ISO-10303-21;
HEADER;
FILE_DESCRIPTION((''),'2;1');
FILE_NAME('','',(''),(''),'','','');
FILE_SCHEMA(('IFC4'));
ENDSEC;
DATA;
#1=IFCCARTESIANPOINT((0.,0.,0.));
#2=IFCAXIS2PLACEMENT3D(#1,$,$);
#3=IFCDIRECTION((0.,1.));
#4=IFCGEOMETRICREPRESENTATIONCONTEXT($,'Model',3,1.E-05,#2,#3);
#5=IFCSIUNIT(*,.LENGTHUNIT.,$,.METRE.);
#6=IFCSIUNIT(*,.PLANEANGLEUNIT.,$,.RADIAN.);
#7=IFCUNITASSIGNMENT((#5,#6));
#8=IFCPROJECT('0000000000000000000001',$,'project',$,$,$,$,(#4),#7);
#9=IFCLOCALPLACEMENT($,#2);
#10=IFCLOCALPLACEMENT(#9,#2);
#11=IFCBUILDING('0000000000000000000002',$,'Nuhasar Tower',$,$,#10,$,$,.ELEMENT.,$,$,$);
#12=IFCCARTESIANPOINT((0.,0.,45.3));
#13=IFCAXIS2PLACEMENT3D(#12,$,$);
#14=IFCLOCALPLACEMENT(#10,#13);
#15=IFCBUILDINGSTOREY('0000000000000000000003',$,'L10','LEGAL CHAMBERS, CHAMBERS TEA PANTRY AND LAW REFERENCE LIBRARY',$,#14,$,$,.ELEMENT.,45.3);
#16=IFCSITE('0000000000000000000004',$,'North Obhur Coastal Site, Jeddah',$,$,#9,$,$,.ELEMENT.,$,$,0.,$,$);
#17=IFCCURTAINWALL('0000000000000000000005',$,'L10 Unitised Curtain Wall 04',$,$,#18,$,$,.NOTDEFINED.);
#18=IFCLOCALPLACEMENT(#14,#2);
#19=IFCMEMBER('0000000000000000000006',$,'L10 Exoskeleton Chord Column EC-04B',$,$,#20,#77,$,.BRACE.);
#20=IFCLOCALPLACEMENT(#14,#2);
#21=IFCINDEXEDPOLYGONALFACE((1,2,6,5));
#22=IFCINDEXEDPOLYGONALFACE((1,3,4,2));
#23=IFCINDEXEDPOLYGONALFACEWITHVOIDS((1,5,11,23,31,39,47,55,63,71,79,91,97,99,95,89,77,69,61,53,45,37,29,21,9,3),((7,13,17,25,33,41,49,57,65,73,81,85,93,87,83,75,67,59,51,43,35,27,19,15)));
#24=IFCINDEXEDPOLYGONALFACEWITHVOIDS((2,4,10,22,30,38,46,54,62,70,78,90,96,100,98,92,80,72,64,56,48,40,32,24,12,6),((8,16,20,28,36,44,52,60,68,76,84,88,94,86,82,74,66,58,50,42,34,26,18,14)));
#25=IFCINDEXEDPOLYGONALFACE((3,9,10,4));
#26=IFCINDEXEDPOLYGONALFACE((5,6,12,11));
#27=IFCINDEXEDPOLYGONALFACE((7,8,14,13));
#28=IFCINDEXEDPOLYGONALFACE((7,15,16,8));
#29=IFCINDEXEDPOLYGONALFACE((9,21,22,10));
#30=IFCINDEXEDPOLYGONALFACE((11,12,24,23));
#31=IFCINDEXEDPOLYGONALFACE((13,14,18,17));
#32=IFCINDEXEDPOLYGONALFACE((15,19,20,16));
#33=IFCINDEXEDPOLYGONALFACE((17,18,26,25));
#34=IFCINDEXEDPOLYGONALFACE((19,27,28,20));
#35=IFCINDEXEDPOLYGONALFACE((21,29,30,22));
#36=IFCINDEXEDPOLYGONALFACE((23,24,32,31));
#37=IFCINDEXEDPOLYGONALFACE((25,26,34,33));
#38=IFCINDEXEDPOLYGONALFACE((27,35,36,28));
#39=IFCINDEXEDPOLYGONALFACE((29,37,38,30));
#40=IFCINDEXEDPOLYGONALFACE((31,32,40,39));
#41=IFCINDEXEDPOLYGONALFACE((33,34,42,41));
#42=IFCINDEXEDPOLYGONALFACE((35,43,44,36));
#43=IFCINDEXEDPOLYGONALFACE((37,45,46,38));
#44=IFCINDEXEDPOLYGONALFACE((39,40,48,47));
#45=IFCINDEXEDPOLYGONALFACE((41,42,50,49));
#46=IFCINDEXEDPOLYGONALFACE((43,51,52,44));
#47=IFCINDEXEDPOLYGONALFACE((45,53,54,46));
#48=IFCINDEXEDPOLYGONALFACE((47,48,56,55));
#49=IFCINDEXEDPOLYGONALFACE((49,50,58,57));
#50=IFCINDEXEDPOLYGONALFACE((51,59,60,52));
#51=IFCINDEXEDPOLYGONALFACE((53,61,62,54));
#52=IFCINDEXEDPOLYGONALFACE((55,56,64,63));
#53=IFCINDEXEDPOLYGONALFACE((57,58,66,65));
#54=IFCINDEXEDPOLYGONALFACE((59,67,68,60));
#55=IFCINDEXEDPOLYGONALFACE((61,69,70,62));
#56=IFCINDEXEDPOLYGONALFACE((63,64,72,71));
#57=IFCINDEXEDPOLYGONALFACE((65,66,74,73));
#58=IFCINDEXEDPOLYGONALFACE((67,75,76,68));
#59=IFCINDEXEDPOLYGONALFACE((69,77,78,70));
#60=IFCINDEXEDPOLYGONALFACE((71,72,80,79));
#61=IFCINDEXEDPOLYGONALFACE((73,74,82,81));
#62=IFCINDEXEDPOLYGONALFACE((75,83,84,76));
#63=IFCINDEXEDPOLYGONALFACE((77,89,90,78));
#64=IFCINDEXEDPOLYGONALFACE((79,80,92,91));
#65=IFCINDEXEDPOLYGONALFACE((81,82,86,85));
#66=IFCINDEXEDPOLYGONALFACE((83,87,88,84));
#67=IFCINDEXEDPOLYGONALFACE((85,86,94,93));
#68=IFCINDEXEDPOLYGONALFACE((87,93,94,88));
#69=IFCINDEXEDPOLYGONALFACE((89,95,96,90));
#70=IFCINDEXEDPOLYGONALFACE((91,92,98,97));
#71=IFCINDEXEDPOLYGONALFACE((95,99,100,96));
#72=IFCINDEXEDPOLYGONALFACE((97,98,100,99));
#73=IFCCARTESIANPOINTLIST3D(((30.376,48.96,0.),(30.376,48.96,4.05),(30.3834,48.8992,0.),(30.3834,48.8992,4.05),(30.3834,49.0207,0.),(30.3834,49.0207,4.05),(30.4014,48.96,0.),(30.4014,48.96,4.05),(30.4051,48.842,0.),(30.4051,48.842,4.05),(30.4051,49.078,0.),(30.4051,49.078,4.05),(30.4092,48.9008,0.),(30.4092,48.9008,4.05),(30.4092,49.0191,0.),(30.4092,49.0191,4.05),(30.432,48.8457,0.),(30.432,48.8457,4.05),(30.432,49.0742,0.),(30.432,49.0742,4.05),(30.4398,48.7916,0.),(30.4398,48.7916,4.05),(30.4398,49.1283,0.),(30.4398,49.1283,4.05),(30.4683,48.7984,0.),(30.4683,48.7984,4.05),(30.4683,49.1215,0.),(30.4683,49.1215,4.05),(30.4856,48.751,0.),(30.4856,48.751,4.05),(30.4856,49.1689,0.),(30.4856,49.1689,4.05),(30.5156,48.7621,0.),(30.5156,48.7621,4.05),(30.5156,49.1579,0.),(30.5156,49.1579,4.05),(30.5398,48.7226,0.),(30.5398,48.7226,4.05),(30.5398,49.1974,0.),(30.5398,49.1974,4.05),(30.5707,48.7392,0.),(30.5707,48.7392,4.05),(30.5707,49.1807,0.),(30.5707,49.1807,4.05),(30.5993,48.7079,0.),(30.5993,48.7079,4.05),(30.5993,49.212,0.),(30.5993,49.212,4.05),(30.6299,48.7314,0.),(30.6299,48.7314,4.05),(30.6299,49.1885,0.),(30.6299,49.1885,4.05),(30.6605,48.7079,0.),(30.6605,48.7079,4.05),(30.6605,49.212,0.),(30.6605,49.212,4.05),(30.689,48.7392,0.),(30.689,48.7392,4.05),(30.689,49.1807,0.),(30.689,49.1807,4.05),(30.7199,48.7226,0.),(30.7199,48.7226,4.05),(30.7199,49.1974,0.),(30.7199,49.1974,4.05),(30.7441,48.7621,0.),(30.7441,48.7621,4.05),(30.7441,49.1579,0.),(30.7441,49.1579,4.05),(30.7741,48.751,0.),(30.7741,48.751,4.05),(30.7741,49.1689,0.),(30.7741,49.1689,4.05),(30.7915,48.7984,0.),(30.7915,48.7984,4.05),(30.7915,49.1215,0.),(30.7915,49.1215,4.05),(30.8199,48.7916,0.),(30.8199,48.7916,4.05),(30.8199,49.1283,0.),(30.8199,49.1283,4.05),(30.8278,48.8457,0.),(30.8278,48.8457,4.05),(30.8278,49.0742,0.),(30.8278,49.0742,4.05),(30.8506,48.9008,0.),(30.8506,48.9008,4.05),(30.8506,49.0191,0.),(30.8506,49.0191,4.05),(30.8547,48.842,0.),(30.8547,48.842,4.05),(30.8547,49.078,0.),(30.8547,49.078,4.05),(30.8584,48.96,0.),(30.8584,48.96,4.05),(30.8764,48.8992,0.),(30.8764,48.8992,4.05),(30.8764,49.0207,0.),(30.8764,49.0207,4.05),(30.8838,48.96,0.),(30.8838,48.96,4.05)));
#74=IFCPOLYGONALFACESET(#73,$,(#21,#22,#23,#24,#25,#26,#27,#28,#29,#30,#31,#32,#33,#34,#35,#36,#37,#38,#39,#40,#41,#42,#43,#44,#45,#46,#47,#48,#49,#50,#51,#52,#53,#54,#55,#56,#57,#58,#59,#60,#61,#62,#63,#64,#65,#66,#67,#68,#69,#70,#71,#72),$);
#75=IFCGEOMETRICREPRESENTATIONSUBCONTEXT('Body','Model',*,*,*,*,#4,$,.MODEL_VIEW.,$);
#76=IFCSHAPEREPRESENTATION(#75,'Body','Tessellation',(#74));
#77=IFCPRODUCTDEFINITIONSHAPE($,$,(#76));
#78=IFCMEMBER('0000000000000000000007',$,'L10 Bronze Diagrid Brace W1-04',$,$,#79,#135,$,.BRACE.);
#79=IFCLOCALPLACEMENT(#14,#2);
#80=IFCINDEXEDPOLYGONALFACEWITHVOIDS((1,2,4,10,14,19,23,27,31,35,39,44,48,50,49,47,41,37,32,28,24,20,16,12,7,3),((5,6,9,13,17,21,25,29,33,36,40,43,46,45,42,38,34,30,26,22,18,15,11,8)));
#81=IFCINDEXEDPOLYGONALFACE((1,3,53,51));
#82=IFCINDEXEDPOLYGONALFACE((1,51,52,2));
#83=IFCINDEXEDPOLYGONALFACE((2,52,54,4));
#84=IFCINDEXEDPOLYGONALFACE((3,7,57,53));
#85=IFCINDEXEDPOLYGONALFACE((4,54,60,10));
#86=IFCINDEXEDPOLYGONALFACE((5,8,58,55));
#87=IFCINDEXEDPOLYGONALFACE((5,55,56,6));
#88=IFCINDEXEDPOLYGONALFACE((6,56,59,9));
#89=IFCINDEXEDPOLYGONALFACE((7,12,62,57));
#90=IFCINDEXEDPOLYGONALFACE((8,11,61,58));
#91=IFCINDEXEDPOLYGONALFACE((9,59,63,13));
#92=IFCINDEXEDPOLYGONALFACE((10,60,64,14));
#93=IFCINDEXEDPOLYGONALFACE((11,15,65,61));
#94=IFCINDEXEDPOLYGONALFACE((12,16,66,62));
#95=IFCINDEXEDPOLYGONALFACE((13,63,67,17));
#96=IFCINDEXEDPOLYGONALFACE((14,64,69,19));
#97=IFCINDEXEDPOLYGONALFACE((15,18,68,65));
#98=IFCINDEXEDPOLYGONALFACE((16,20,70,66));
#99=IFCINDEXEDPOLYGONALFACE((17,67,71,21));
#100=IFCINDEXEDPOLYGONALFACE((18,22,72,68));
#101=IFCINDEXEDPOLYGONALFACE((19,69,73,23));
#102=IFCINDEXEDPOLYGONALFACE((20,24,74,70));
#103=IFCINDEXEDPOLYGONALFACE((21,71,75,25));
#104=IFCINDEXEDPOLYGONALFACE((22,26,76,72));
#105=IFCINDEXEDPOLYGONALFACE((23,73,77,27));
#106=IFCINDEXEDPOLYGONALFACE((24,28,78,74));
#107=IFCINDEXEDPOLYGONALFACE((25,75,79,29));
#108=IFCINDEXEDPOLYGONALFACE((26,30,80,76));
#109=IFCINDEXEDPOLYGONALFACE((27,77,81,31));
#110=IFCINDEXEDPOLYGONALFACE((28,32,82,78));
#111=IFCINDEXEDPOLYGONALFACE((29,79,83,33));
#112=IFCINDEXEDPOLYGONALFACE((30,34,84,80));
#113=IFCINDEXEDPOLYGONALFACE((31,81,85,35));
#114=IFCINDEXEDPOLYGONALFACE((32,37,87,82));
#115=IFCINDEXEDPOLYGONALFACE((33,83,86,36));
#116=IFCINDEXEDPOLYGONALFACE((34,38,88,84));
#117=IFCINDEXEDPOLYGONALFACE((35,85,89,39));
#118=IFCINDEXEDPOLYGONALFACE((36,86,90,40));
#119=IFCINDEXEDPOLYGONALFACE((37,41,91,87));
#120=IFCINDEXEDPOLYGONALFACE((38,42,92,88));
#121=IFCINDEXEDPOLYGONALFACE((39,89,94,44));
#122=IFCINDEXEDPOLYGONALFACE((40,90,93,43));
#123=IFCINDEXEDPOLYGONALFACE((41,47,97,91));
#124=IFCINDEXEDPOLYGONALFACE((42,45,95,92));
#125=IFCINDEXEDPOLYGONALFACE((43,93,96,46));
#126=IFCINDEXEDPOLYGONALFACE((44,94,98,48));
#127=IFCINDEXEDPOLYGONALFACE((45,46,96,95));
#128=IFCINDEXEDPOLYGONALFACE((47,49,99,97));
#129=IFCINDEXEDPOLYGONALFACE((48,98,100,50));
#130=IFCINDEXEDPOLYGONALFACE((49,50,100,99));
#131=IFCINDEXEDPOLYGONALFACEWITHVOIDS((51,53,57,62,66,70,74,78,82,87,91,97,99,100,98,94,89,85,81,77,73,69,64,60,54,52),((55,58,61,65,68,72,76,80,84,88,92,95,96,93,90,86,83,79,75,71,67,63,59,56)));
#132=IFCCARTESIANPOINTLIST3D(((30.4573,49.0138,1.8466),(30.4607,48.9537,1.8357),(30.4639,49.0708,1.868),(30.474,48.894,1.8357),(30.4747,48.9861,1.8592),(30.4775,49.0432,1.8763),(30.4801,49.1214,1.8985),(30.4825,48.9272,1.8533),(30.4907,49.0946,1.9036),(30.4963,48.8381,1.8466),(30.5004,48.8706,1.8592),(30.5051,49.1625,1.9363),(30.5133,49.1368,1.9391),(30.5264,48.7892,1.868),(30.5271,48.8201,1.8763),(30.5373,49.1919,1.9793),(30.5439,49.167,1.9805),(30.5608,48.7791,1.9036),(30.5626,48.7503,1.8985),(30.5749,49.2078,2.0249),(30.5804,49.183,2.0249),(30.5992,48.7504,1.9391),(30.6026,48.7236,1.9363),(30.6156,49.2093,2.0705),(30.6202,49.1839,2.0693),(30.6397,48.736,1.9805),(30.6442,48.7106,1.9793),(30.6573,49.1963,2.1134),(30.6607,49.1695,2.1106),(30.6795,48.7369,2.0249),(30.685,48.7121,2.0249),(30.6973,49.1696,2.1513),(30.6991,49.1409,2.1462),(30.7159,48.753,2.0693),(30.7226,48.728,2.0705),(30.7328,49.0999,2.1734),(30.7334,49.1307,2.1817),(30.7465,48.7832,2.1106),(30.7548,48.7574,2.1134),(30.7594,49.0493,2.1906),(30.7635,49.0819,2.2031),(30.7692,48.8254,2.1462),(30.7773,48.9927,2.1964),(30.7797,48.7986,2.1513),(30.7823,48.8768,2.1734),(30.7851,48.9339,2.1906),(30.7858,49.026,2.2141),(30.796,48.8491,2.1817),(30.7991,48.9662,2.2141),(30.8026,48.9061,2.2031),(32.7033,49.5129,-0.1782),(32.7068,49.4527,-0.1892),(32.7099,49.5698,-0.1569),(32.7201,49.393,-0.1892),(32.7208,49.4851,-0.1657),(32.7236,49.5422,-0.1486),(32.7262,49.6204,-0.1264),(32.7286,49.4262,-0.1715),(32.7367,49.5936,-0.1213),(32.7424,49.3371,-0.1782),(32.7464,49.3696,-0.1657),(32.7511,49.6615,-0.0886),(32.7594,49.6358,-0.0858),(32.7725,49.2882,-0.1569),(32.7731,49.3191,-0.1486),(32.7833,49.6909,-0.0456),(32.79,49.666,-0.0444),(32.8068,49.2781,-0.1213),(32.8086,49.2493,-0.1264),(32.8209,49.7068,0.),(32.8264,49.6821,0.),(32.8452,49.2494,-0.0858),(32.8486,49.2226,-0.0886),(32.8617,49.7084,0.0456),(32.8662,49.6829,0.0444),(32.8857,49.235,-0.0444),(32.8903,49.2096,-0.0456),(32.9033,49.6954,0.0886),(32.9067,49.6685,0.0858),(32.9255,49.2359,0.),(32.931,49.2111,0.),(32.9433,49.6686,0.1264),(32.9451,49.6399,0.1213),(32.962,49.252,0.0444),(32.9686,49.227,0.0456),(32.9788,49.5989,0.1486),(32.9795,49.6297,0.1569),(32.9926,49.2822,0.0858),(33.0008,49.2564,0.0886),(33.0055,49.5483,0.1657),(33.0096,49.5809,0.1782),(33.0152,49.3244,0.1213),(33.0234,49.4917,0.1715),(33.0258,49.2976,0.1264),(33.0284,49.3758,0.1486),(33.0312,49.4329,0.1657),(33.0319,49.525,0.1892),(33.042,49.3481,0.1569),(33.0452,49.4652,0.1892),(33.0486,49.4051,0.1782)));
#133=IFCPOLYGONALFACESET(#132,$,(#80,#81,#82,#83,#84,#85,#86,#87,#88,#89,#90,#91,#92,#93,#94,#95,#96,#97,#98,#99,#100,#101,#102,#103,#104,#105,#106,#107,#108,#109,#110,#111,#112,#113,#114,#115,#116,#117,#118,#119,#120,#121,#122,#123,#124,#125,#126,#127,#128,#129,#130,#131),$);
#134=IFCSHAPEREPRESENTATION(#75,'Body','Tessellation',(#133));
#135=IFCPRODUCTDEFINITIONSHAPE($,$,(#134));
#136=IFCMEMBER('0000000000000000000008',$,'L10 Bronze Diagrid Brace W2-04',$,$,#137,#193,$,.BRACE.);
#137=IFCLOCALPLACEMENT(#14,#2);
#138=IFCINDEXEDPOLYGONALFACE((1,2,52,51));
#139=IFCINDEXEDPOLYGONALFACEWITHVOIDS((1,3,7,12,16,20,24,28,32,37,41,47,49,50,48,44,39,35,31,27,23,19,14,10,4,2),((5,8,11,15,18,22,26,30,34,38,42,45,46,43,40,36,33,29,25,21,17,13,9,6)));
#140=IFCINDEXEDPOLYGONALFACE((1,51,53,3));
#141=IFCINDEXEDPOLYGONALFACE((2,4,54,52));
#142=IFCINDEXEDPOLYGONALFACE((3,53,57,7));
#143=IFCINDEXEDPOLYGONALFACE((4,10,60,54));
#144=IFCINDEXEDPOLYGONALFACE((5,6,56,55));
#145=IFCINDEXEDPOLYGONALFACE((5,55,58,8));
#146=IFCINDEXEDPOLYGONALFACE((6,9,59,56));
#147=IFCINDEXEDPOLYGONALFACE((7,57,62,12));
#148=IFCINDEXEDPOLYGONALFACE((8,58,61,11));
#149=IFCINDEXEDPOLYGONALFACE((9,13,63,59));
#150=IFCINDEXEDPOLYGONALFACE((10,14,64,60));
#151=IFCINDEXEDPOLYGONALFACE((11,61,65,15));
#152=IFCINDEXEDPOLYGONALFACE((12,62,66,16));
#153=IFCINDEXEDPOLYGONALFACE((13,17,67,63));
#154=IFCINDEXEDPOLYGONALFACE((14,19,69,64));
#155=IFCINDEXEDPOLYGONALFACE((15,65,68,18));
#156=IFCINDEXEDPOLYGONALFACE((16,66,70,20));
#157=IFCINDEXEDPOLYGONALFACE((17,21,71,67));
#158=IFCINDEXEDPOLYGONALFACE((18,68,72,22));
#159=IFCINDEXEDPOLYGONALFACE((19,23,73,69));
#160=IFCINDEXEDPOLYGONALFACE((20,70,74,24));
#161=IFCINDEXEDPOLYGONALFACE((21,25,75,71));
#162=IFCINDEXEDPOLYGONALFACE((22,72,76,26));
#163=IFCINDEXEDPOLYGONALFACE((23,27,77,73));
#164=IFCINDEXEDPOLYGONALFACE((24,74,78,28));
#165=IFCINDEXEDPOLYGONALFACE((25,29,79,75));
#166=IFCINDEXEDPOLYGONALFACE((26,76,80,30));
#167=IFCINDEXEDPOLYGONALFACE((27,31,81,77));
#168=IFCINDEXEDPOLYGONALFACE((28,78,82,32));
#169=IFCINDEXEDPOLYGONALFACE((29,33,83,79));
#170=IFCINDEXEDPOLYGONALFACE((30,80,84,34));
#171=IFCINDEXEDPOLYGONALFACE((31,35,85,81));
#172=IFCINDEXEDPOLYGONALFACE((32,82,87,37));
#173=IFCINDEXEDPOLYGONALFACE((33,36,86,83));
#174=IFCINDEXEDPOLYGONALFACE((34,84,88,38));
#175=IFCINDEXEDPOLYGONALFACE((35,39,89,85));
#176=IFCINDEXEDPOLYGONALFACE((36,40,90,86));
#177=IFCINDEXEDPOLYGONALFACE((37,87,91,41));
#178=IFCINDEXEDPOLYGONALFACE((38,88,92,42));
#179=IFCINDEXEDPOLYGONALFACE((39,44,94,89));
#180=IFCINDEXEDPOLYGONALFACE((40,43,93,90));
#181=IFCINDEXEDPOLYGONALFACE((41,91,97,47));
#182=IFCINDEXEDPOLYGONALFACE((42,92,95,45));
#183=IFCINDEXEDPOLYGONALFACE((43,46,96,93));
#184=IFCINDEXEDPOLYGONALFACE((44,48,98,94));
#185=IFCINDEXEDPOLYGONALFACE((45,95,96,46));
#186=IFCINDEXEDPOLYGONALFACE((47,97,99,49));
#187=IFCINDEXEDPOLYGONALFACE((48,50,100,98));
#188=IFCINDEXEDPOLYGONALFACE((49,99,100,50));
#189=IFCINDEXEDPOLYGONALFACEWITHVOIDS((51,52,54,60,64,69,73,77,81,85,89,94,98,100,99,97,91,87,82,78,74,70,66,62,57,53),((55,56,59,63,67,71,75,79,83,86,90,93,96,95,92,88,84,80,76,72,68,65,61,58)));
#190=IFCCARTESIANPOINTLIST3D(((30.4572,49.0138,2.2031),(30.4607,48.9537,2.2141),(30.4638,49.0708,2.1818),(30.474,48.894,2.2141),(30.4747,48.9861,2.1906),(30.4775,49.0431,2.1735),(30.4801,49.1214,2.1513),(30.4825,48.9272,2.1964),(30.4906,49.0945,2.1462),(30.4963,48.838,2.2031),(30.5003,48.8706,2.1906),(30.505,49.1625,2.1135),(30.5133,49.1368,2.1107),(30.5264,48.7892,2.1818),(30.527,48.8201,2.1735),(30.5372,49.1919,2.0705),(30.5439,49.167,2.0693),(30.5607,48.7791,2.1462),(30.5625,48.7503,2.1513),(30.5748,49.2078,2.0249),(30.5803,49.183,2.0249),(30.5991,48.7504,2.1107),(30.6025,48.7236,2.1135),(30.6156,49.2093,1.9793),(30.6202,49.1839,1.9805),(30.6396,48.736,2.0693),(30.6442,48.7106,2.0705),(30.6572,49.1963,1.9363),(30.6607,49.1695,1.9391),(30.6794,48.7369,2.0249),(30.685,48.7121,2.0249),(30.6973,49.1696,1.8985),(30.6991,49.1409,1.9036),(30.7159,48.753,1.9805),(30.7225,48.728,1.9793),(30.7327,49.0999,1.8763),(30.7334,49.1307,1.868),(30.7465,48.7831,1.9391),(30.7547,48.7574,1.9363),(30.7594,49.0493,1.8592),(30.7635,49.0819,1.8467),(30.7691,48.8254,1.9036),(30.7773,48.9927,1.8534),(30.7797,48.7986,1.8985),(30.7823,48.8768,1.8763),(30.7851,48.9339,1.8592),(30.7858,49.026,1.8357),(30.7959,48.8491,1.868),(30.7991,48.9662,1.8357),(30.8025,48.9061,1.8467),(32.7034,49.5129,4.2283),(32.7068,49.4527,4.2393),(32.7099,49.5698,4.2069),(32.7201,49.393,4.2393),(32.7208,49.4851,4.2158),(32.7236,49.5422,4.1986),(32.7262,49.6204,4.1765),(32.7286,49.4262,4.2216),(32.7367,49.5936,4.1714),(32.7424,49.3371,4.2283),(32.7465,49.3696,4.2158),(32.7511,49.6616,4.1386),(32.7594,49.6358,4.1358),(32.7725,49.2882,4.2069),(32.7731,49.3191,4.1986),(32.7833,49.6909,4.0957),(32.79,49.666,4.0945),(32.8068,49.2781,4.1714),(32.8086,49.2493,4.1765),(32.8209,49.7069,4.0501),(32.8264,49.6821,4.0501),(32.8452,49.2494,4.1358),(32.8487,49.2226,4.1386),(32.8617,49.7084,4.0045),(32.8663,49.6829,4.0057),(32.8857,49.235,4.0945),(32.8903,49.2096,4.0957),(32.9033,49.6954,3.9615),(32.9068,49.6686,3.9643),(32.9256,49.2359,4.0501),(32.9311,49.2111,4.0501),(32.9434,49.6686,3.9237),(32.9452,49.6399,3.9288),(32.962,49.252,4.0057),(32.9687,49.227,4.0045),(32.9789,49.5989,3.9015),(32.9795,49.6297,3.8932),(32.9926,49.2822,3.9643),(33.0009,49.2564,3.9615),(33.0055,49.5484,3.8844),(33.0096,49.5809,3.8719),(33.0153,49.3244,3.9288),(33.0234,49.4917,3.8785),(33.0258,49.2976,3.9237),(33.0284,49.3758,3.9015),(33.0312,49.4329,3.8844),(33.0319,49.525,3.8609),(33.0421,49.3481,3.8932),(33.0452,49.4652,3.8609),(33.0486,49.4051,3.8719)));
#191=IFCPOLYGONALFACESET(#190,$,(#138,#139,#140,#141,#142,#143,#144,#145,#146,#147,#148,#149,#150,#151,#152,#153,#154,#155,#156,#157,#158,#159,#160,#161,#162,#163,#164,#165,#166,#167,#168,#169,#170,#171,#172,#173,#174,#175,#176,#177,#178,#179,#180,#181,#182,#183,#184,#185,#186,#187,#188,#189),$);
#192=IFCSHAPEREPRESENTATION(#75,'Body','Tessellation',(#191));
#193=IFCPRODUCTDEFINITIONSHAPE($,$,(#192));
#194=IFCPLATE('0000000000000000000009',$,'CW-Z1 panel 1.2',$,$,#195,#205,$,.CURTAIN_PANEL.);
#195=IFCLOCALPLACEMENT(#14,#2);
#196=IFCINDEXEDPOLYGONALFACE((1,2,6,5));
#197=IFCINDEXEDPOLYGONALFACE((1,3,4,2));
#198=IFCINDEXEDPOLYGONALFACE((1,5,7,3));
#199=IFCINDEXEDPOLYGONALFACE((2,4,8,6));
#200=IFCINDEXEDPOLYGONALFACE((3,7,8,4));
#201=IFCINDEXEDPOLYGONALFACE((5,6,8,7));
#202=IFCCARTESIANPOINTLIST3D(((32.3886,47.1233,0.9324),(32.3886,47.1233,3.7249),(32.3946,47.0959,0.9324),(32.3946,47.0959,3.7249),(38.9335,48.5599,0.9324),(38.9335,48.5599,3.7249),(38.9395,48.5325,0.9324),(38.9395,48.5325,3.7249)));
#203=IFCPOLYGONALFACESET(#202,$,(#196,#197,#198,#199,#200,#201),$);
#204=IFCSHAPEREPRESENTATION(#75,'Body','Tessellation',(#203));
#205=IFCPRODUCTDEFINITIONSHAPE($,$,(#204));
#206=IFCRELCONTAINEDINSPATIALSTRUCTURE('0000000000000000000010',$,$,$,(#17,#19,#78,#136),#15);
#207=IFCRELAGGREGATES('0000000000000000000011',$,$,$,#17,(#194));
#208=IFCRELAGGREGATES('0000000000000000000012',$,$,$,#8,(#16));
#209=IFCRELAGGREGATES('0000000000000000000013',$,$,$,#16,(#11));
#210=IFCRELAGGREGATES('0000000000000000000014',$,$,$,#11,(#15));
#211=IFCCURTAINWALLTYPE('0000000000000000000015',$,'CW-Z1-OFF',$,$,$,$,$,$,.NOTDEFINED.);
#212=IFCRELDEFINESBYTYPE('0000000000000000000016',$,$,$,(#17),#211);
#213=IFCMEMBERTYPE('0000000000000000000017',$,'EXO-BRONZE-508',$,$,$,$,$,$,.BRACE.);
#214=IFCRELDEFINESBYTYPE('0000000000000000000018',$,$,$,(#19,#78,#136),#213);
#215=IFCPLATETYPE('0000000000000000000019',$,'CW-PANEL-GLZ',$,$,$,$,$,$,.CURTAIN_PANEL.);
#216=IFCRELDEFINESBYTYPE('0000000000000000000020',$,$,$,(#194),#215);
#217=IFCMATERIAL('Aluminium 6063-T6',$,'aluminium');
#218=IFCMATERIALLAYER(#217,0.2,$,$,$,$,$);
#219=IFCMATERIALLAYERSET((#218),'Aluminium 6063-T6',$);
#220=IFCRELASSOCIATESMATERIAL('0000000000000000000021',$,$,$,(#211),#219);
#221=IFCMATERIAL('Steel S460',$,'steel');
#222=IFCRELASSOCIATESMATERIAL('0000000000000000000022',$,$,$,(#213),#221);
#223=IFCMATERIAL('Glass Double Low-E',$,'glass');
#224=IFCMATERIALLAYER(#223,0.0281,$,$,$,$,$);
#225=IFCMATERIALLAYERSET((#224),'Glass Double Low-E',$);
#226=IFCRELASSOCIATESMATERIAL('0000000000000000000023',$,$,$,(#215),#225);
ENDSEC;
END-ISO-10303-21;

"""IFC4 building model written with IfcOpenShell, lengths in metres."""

from ifc_helpers import new_model, si_unit, direction, frame, origin, origin_2d, place, context, subcontext, project, spatial, rectangle, hollow_circle, extrude, material, layer, layer_set, material_profile, profile_set, type_object, element, aggregate, save


model = new_model("IFC4")

# Units and contexts
model_context = context("Model", 3, precision=1e-05, world=origin(), true_north=direction((0.0, 1.0)))
body_context = subcontext(model_context, "Body", "Model", "MODEL_VIEW")
ifc_project = project(units=[si_unit("LENGTHUNIT", "METRE"), si_unit("PLANEANGLEUNIT", "RADIAN")], contexts=[model_context])

# Site, building, storey
site_placement = place(None, origin())
site = spatial("IfcSite", under=ifc_project, at=site_placement, Name="North Obhur Coastal Site, Jeddah", CompositionType="ELEMENT", RefElevation=0.0)
building_placement = place(site_placement, origin())
building = spatial("IfcBuilding", under=site, at=building_placement, Name="Nuhasar Tower", CompositionType="ELEMENT")
storey_placement = place(building_placement, frame((0.0, 0.0, 45.3)))
storey = spatial("IfcBuildingStorey", under=building, at=storey_placement, Name="L10", Description="LEGAL CHAMBERS, CHAMBERS TEA PANTRY AND LAW REFERENCE LIBRARY", CompositionType="ELEMENT", Elevation=45.3)

# Curtain wall
ifc_material_1 = material(Name="Aluminium 6063-T6", Category="aluminium")
ifc_layer_1 = layer(ifc_material_1, 0.2)
ifc_layer_set_1 = layer_set([ifc_layer_1], Name="Aluminium 6063-T6")
curtain_wall_type = type_object("IfcCurtainWallType", Name="CW-Z1-OFF", PredefinedType="NOTDEFINED", material=ifc_layer_set_1)
curtain_wall_placement = place(storey_placement, origin())
curtain_wall = element("IfcCurtainWall", 1, at=curtain_wall_placement, inside=storey, type_object=curtain_wall_type, Name="L10 Unitised Curtain Wall 04", PredefinedType="NOTDEFINED")

# Members
ifc_material_2 = material(Name="Steel S460", Category="steel")
ifc_material_profile_1 = material_profile(ifc_material_2, hollow_circle(Radius=0.2539, WallThickness=0.0254, at=origin_2d()), Name="HSS508X25.4")
ifc_profile_set_1 = profile_set([ifc_material_profile_1], Name="Steel S460")
member_type_1 = type_object("IfcMemberType", Name="EXO-BRONZE-508", PredefinedType="BRACE", material=ifc_profile_set_1)
for number, where, z_axis, x_axis, name in (
    (2, (30.6299, 48.96, 0.0), (0.0, 0.0, 1.0), (1.0, 0.0, 0.0), "L10 Exoskeleton Chord Column EC-04B"),
):
    element("IfcMember", number, at=place(storey_placement, frame(where, z_axis=z_axis, x_axis=x_axis)), inside=storey, type_object=member_type_1, Name=name, PredefinedType="BRACE", context=body_context, shape_type="SweptSolid", body=[
        extrude(hollow_circle(Radius=0.2539, WallThickness=0.0254, at=origin_2d()), origin(), (0.0, 0.0, 1.0), 4.05),
    ])
member_1_placement = place(storey_placement, frame((32.876, 49.459, 0.0), z_axis=(-0.732821, -0.162814, 0.660654), x_axis=(0.216886, -0.976197, 0.0)))
element("IfcMember", 3, at=member_1_placement, inside=storey, type_object=member_type_1, Name="L10 Bronze Diagrid Brace W1-04", PredefinedType="BRACE", context=body_context, shape_type="SweptSolid", body=[
    extrude(hollow_circle(Radius=0.2539, WallThickness=0.0254, at=origin_2d()), origin(), (0.0, 0.0, 1.0), 3.0649),
])
member_2_placement = place(storey_placement, frame((30.6299, 48.96, 2.0249), z_axis=(0.732783, 0.162805, 0.660699), x_axis=(-0.216886, 0.976197, 0.0)))
element("IfcMember", 4, at=member_2_placement, inside=storey, type_object=member_type_1, Name="L10 Bronze Diagrid Brace W2-04", PredefinedType="BRACE", context=body_context, shape_type="SweptSolid", body=[
    extrude(hollow_circle(Radius=0.2539, WallThickness=0.0254, at=origin_2d()), origin(), (0.0, 0.0, 1.0), 3.0652),
])

# Plate
ifc_material_3 = material(Name="Glass Double Low-E", Category="glass")
ifc_layer_2 = layer(ifc_material_3, 0.0281)
ifc_layer_set_2 = layer_set([ifc_layer_2], Name="Glass Double Low-E")
plate_type_1 = type_object("IfcPlateType", Name="CW-PANEL-GLZ", PredefinedType="CURTAIN_PANEL", material=ifc_layer_set_2)
plate_1_placement = place(storey_placement, frame((35.6641, 47.8279, 0.9324), z_axis=(0.0, 0.0, 1.0), x_axis=(-0.976746, -0.214399, 0.0)))
plate_1 = element("IfcPlate", 5, at=plate_1_placement, type_object=plate_type_1, Name="CW-Z1 panel 1.2", PredefinedType="CURTAIN_PANEL", context=body_context, shape_type="SweptSolid", body=[
    extrude(rectangle(XDim=6.7007, YDim=0.0281, at=origin_2d()), origin(), (0.0, 0.0, 1.0), 2.7925),
])
aggregate(curtain_wall, [plate_1])

save(model, "model.ifc")
